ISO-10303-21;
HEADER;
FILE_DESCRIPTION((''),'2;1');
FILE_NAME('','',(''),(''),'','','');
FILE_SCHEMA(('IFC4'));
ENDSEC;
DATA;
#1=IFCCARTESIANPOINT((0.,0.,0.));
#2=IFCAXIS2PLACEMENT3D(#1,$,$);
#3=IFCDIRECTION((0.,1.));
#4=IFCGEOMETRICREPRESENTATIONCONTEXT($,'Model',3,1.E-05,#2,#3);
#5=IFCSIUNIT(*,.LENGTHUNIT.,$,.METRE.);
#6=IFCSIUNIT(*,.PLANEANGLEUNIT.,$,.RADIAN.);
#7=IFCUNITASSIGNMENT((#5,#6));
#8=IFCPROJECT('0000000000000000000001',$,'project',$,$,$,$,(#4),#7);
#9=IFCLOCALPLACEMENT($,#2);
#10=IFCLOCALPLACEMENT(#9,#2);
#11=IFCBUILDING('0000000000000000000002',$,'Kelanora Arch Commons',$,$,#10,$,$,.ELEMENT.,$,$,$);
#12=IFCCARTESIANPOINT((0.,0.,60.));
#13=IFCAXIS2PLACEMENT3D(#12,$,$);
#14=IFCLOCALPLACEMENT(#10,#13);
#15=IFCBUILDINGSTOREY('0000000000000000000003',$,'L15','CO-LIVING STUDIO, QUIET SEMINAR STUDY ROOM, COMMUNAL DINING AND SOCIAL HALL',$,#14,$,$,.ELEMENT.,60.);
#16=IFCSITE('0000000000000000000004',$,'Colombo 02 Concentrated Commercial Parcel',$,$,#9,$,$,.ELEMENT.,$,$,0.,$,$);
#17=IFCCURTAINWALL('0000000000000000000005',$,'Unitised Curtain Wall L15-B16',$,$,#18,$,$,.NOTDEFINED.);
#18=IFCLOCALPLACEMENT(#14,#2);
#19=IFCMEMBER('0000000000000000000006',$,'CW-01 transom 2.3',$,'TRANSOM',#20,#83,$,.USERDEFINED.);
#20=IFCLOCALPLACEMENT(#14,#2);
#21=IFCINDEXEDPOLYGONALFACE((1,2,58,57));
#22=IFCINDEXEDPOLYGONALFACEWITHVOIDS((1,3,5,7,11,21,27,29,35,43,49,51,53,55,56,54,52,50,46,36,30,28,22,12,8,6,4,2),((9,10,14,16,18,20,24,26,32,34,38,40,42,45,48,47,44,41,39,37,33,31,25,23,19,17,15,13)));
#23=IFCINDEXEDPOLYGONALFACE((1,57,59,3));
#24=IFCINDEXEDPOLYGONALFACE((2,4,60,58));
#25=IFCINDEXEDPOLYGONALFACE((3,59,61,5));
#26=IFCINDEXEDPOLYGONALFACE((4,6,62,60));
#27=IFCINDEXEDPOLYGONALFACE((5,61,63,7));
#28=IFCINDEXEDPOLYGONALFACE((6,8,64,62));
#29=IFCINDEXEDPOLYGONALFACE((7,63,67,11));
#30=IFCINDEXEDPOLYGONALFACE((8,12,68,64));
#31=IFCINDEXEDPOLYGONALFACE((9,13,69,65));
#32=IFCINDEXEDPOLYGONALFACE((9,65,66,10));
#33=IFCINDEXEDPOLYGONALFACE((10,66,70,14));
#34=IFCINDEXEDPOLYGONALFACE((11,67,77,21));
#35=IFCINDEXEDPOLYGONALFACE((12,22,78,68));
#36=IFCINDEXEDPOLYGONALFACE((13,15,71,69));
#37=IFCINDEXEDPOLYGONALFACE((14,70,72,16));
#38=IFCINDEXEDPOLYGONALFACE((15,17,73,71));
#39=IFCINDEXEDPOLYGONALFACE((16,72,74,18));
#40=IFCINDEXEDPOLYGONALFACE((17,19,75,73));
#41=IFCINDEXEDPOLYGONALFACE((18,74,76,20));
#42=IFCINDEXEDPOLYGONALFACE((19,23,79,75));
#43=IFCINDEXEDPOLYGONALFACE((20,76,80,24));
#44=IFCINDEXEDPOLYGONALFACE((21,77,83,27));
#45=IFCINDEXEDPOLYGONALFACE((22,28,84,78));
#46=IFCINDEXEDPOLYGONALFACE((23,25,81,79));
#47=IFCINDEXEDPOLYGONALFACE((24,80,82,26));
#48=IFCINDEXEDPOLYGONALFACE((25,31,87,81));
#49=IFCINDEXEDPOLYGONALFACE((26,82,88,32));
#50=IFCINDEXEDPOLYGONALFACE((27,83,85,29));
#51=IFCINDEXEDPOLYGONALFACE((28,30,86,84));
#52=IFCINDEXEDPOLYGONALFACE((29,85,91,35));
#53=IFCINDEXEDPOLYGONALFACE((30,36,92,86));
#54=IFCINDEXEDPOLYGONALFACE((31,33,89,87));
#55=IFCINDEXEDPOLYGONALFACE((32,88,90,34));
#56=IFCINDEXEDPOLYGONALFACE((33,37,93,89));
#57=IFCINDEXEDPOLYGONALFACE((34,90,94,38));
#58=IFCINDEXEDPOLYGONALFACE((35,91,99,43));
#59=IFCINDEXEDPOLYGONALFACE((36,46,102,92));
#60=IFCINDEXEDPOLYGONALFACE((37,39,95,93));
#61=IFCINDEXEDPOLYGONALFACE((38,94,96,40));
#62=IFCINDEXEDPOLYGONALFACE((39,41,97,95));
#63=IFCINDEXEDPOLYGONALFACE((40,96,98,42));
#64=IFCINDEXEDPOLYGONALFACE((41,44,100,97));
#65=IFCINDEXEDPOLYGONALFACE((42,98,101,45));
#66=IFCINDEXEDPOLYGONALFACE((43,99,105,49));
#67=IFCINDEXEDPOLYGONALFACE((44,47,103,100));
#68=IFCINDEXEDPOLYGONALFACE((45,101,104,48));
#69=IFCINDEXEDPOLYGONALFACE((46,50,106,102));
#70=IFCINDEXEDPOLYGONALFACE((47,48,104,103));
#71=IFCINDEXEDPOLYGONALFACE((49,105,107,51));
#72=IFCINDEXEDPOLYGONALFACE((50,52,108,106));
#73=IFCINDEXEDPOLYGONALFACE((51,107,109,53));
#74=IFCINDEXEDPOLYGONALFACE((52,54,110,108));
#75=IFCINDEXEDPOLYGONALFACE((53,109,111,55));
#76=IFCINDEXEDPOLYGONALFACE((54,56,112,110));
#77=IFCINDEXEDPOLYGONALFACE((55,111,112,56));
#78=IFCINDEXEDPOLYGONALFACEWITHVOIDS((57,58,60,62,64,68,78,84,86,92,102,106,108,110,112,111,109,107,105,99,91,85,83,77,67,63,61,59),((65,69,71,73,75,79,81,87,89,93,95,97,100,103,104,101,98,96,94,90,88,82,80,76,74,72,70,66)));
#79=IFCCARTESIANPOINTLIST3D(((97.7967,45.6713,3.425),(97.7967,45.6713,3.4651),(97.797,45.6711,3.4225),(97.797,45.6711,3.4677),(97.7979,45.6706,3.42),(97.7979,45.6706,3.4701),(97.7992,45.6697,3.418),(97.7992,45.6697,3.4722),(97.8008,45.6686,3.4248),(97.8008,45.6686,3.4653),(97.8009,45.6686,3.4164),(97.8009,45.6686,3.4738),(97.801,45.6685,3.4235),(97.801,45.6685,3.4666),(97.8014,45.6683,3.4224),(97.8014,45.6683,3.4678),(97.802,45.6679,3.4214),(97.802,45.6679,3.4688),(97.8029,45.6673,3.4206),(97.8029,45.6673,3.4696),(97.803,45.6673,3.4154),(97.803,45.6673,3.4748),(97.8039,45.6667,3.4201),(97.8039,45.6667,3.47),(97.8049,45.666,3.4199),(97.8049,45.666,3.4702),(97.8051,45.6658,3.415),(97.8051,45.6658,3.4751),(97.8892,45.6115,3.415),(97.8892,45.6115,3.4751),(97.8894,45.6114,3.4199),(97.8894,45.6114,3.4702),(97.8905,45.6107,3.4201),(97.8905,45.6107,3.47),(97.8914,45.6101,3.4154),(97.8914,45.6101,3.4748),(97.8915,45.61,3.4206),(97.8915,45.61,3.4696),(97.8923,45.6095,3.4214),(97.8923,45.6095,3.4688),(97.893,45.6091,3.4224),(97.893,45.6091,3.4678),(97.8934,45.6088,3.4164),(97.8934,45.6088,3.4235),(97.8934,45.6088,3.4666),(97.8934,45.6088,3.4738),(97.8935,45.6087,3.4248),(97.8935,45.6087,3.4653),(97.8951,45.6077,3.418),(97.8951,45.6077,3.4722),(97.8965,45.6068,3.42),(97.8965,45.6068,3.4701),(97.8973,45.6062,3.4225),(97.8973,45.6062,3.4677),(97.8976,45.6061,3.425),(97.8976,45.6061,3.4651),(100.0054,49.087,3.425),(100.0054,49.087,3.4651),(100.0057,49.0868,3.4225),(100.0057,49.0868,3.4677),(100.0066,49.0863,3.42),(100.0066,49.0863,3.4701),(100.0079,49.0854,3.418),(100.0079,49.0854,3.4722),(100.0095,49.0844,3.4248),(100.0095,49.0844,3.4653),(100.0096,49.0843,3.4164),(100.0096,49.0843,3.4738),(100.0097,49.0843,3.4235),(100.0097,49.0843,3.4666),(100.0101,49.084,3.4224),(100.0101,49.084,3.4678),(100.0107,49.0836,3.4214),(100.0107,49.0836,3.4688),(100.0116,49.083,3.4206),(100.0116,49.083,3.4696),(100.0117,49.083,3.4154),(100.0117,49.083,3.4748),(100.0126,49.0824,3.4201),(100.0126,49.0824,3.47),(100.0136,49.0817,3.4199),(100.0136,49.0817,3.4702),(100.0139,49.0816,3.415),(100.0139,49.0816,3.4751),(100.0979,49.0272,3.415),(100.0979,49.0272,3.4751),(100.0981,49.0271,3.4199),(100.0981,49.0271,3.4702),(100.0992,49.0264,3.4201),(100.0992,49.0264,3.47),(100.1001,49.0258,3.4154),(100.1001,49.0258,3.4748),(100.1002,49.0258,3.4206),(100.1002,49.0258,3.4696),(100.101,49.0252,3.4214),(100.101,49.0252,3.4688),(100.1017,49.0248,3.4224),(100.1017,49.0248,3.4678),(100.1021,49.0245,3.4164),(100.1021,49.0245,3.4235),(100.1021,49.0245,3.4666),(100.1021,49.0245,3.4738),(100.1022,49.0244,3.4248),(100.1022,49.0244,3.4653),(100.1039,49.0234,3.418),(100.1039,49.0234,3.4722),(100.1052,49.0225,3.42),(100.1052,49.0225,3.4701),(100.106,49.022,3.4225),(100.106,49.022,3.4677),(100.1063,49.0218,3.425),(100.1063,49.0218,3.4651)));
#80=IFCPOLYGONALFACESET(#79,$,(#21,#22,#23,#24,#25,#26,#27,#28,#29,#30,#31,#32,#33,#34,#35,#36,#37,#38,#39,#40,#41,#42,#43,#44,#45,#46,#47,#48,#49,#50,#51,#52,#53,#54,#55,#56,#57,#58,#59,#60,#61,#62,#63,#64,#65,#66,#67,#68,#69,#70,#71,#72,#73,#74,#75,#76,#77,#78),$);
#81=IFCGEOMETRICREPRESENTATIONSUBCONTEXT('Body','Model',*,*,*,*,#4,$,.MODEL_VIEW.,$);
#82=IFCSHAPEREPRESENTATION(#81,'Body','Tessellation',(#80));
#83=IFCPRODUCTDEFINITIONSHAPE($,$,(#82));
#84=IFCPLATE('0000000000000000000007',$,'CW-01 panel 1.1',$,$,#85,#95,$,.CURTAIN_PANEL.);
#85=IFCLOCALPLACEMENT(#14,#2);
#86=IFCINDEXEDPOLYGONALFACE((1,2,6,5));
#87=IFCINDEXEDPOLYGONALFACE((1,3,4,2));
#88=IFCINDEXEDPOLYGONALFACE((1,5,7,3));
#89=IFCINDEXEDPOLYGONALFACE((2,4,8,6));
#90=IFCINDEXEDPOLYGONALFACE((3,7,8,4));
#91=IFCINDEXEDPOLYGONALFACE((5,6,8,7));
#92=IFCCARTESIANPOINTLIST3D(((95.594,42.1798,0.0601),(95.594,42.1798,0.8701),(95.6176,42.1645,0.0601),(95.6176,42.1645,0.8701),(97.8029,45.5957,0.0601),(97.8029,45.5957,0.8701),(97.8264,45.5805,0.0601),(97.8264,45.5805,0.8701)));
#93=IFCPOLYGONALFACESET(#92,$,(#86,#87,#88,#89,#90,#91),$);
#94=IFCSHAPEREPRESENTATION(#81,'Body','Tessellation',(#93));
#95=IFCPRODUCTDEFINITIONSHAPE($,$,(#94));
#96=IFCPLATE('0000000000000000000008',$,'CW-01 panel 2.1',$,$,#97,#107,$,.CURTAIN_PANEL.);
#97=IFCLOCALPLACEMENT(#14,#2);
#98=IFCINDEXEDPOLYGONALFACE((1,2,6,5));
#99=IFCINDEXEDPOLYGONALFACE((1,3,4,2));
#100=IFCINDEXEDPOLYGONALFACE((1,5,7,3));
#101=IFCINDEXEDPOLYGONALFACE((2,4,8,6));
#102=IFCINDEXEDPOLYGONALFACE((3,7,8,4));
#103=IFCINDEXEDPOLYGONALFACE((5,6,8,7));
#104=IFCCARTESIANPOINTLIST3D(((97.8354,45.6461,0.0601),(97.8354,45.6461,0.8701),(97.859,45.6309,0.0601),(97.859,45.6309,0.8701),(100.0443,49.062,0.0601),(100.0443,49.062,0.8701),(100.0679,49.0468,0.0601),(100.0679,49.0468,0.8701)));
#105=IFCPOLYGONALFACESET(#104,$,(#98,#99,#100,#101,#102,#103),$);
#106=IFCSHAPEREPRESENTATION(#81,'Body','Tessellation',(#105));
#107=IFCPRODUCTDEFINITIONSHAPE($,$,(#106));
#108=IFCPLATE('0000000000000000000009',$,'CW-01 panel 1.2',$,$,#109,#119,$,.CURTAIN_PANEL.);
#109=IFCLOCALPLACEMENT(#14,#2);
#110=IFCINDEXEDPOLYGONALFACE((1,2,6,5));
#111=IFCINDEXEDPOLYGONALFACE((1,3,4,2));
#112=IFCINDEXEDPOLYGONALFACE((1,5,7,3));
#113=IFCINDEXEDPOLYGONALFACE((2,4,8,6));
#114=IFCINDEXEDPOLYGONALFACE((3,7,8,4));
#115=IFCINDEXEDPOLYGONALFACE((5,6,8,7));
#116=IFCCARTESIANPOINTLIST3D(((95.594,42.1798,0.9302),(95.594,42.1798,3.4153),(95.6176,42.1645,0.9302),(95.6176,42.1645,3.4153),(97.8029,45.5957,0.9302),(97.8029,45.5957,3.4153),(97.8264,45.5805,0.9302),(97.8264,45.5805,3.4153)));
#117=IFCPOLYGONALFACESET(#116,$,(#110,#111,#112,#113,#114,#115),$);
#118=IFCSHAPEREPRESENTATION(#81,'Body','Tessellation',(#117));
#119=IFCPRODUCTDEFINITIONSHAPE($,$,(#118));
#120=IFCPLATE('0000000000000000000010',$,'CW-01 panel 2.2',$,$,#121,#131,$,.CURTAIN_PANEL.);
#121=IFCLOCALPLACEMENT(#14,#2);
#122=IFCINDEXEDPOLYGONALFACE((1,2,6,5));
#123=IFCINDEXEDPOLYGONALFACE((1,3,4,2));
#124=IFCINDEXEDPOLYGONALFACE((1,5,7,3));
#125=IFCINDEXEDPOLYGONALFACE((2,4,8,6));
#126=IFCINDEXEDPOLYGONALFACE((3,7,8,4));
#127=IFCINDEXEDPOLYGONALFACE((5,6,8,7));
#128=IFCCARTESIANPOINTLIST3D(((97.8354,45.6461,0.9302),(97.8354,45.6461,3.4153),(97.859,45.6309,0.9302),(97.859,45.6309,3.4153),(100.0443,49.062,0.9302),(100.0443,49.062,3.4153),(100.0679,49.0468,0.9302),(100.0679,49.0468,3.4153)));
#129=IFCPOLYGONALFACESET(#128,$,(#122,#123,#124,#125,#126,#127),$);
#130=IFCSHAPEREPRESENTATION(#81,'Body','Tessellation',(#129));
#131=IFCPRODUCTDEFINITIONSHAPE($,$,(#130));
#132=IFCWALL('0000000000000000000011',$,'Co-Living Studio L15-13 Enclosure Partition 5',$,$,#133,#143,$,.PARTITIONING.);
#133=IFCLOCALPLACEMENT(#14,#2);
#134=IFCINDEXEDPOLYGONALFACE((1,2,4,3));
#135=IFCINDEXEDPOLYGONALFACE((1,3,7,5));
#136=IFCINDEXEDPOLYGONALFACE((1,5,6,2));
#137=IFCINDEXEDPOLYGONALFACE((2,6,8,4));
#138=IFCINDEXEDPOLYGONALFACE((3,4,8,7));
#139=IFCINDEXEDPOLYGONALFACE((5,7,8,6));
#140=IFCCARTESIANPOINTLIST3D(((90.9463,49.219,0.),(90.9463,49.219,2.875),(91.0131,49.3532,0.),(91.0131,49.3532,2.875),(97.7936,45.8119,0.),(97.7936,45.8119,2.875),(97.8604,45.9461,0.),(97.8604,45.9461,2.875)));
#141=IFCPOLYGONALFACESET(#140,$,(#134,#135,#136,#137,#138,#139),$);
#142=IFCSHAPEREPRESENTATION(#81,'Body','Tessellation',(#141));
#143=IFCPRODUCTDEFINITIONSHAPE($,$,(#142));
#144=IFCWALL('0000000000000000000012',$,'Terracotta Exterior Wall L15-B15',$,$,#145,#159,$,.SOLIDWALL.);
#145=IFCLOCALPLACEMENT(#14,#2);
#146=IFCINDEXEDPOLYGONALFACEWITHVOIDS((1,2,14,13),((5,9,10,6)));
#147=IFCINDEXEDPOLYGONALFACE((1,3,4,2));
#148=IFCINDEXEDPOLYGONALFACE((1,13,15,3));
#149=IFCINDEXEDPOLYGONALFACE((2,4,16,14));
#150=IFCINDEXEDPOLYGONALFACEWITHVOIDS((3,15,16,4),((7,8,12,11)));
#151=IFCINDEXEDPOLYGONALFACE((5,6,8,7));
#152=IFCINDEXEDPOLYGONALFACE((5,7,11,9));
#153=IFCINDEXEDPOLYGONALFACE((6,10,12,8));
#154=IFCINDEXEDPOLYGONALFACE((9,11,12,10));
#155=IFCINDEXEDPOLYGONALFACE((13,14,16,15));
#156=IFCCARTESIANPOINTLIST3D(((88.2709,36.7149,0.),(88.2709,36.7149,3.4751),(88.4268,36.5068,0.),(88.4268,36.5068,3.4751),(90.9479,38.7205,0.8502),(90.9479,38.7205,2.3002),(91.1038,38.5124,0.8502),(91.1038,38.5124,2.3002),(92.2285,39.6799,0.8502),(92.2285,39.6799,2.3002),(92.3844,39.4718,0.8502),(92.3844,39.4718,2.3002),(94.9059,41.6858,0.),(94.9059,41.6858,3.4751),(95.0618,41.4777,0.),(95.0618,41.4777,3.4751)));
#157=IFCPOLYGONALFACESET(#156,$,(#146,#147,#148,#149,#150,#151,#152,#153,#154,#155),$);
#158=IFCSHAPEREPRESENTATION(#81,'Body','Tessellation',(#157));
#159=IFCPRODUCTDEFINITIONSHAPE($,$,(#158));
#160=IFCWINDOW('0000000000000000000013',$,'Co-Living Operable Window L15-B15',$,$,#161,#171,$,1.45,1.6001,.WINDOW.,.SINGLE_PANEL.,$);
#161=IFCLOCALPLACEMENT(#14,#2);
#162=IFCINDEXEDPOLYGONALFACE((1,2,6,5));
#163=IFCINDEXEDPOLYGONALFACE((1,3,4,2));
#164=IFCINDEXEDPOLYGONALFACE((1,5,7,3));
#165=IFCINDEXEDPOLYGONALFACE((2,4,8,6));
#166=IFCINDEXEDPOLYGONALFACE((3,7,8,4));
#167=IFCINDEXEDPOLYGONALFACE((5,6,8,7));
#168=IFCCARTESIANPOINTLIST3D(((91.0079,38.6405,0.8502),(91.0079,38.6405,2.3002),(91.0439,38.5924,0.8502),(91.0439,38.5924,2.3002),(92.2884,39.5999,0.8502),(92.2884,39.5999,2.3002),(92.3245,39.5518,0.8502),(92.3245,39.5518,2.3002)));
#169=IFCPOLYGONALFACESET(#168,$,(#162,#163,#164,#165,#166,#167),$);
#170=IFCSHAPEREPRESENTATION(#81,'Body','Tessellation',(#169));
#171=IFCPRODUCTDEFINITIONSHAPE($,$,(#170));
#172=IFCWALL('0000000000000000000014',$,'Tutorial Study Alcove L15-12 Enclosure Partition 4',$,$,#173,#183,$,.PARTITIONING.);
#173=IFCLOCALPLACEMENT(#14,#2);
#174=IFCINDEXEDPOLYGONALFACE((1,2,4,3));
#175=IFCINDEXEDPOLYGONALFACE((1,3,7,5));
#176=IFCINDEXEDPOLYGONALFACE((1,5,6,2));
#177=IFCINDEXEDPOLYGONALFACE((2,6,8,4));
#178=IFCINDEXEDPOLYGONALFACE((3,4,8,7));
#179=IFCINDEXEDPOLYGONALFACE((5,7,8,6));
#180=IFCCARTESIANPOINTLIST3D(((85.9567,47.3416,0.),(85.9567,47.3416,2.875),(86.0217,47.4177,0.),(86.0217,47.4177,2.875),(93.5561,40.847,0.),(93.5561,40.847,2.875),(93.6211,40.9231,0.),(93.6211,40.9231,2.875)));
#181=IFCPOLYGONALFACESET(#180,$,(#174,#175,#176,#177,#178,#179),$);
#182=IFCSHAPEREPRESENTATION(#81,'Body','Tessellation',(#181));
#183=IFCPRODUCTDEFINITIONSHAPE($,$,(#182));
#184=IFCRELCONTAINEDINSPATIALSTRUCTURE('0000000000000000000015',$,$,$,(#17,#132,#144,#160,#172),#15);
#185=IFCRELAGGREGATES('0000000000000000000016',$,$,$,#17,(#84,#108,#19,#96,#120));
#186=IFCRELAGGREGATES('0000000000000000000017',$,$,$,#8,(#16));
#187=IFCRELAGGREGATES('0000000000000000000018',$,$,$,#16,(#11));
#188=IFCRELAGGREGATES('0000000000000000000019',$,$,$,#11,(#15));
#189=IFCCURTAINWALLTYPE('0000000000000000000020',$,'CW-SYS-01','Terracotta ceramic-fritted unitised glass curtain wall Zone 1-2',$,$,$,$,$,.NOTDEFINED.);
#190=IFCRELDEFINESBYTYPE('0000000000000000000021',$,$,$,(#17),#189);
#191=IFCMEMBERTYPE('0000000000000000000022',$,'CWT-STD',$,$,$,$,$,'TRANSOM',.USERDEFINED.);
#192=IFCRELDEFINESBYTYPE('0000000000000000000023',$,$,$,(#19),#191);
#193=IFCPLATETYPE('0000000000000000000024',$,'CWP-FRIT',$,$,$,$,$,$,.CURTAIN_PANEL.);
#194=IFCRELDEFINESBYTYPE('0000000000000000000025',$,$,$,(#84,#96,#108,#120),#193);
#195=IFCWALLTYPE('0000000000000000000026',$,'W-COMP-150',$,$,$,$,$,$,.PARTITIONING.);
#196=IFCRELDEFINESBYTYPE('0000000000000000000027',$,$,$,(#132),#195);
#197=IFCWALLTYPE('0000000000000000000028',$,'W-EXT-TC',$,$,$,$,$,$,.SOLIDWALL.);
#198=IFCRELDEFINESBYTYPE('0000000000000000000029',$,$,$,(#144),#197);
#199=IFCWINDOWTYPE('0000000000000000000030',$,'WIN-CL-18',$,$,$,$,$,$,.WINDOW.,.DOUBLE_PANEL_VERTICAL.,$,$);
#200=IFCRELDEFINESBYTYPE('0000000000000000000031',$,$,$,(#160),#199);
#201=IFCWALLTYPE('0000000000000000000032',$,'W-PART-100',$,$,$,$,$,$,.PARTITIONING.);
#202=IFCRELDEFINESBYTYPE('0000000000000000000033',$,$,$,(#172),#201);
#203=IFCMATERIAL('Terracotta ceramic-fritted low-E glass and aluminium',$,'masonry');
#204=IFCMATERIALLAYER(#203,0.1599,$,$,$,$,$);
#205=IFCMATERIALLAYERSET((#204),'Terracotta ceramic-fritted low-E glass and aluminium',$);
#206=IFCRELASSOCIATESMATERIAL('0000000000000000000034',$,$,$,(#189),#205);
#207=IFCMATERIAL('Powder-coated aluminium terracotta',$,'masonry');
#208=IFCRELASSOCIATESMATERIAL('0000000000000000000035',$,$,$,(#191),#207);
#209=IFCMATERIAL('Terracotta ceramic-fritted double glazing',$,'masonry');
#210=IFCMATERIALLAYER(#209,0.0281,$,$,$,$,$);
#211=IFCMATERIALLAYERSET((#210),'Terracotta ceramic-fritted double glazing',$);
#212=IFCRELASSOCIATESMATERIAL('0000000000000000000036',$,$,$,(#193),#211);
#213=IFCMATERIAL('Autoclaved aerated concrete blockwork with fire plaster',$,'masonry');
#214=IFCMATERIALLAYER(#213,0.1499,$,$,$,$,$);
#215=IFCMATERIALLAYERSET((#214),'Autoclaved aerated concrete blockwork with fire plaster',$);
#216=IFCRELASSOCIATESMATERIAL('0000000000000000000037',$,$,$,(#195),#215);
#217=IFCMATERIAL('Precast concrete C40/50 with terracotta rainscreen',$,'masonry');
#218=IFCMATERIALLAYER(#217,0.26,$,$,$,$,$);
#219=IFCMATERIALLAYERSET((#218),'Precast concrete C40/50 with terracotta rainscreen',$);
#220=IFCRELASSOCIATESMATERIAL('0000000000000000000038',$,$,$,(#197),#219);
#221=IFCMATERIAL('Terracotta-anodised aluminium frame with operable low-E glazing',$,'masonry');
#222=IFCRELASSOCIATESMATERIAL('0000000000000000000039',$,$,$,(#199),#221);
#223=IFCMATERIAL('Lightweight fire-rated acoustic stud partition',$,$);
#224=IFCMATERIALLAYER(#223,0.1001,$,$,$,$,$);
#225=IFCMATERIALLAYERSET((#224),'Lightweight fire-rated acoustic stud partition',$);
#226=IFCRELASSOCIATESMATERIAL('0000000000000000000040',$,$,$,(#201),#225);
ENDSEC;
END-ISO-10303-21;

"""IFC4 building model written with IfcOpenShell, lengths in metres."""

from ifc_helpers import new_model, si_unit, direction, frame, frame_2d, origin, origin_2d, place, context, subcontext, project, spatial, rectangle, hollow_rectangle, extrude, source, transform, mapped, material, layer, layer_set, material_profile, profile_set, type_object, element, fill, aggregate, save


model = new_model("IFC4")

# Units and contexts
model_context = context("Model", 3, precision=1e-05, world=origin(), true_north=direction((0.0, 1.0)))
body_context = subcontext(model_context, "Body", "Model", "MODEL_VIEW")
ifc_project = project(units=[si_unit("LENGTHUNIT", "METRE"), si_unit("PLANEANGLEUNIT", "RADIAN")], contexts=[model_context])

# Site, building, storey
site_placement = place(None, origin())
site = spatial("IfcSite", under=ifc_project, at=site_placement, Name="Colombo 02 Concentrated Commercial Parcel", CompositionType="ELEMENT", RefElevation=0.0)
building_placement = place(site_placement, origin())
building = spatial("IfcBuilding", under=site, at=building_placement, Name="Kelanora Arch Commons", CompositionType="ELEMENT")
storey_placement = place(building_placement, frame((0.0, 0.0, 60.0)))
storey = spatial("IfcBuildingStorey", under=building, at=storey_placement, Name="L15", Description="CO-LIVING STUDIO, QUIET SEMINAR STUDY ROOM, COMMUNAL DINING AND SOCIAL HALL", CompositionType="ELEMENT", Elevation=60.0)

# Shared definitions
ifc_material_1 = material(Name="Terracotta ceramic-fritted low-E glass and aluminium", Category="masonry")
ifc_layer_1 = layer(ifc_material_1, 0.1599)
ifc_layer_set_1 = layer_set([ifc_layer_1], Name="Terracotta ceramic-fritted low-E glass and aluminium")
curtain_wall_type = type_object("IfcCurtainWallType", Name="CW-SYS-01", Description="Terracotta ceramic-fritted unitised glass curtain wall Zone 1-2", PredefinedType="NOTDEFINED", material=ifc_layer_set_1)
ifc_material_2 = material(Name="Powder-coated aluminium terracotta", Category="masonry")

# Curtain wall, member, plates
curtain_wall_1_placement = place(storey_placement, origin())
curtain_wall_1 = element("IfcCurtainWall", 1, at=curtain_wall_1_placement, inside=storey, type_object=curtain_wall_type, Name="Unitised Curtain Wall L15-B16", PredefinedType="NOTDEFINED")
ifc_material_profile_1 = material_profile(ifc_material_2, hollow_rectangle(XDim=0.1201, YDim=0.0601, WallThickness=0.0049, InnerFilletRadius=0.0049, OuterFilletRadius=0.01, at=origin_2d()), Name="CWT120x60")
ifc_profile_set_1 = profile_set([ifc_material_profile_1], Name="Powder-coated aluminium terracotta")
member_type_1 = type_object("IfcMemberType", Name="CWT-STD", ElementType="TRANSOM", PredefinedType="USERDEFINED", material=ifc_profile_set_1)
member_1_placement = place(storey_placement, frame((97.8472, 45.6387, 3.4451), z_axis=(0.542997, 0.839734, 0.0), x_axis=(-0.839734, 0.542997, 0.0)))
member_1 = element("IfcMember", 2, at=member_1_placement, type_object=member_type_1, Name="CW-01 transom 2.3", ObjectType="TRANSOM", PredefinedType="USERDEFINED", context=body_context, shape_type="SweptSolid", body=[
    extrude(hollow_rectangle(XDim=0.1201, YDim=0.0601, WallThickness=0.0049, InnerFilletRadius=0.0049, OuterFilletRadius=0.01, at=origin_2d()), origin(), (0.0, 0.0, 1.0), 4.0676),
])
ifc_material_3 = material(Name="Terracotta ceramic-fritted double glazing", Category="masonry")
ifc_layer_2 = layer(ifc_material_3, 0.0281)
ifc_layer_set_2 = layer_set([ifc_layer_2], Name="Terracotta ceramic-fritted double glazing")
plate_type = type_object("IfcPlateType", Name="CWP-FRIT", PredefinedType="CURTAIN_PANEL", material=ifc_layer_set_2)
shared_shape_1 = source(origin(), body_context, "Body", "SweptSolid", [
    extrude(rectangle(XDim=4.0679, YDim=0.0281, at=origin_2d()), origin(), (0.0, 0.0, 1.0), 0.8101),
])
plate_1_placement = place(storey_placement, frame((96.7102, 43.8801, 0.0601), z_axis=(0.0, 0.0, 1.0), x_axis=(0.543004, 0.83973, 0.0)))
plate_1 = element("IfcPlate", 3, at=plate_1_placement, type_object=plate_type, Name="CW-01 panel 1.1", PredefinedType="CURTAIN_PANEL", context=body_context, shape_type="MappedRepresentation", body=[
    mapped(shared_shape_1, transform((0.0, 0.0, 0.0), scale=1.0)),
])
plate_2_placement = place(storey_placement, frame((98.9517, 47.3464, 0.0601), z_axis=(0.0, 0.0, 1.0), x_axis=(0.543004, 0.83973, 0.0)))
plate_2 = element("IfcPlate", 4, at=plate_2_placement, type_object=plate_type, Name="CW-01 panel 2.1", PredefinedType="CURTAIN_PANEL", context=body_context, shape_type="MappedRepresentation", body=[
    mapped(shared_shape_1, transform((0.0, 0.0, 0.0), scale=1.0)),
])
shared_shape_2 = source(origin(), body_context, "Body", "SweptSolid", [
    extrude(rectangle(XDim=4.0679, YDim=0.0281, at=origin_2d()), origin(), (0.0, 0.0, 1.0), 2.4851),
])
plate_3_placement = place(storey_placement, frame((96.7102, 43.8801, 0.9302), z_axis=(0.0, 0.0, 1.0), x_axis=(0.543004, 0.83973, 0.0)))
plate_3 = element("IfcPlate", 5, at=plate_3_placement, type_object=plate_type, Name="CW-01 panel 1.2", PredefinedType="CURTAIN_PANEL", context=body_context, shape_type="MappedRepresentation", body=[
    mapped(shared_shape_2, transform((0.0, 0.0, 0.0), scale=1.0)),
])
plate_4_placement = place(storey_placement, frame((98.9517, 47.3464, 0.9302), z_axis=(0.0, 0.0, 1.0), x_axis=(0.543004, 0.83973, 0.0)))
plate_4 = element("IfcPlate", 6, at=plate_4_placement, type_object=plate_type, Name="CW-01 panel 2.2", PredefinedType="CURTAIN_PANEL", context=body_context, shape_type="MappedRepresentation", body=[
    mapped(shared_shape_2, transform((0.0, 0.0, 0.0), scale=1.0)),
])
aggregate(curtain_wall_1, [plate_1, plate_3, member_1, plate_2, plate_4])

# Wall
ifc_material_4 = material(Name="Autoclaved aerated concrete blockwork with fire plaster", Category="masonry")
ifc_layer_3 = layer(ifc_material_4, 0.1499)
ifc_layer_set_3 = layer_set([ifc_layer_3], Name="Autoclaved aerated concrete blockwork with fire plaster")
wall_type_1 = type_object("IfcWallType", Name="W-COMP-150", PredefinedType="PARTITIONING", material=ifc_layer_set_3)
wall_1_placement = place(storey_placement, frame((97.8271, 45.8789, 0.0), z_axis=(0.0, 0.0, 1.0), x_axis=(-0.895287, 0.445489, 0.0)))
element("IfcWall", 7, at=wall_1_placement, inside=storey, type_object=wall_type_1, Name="Co-Living Studio L15-13 Enclosure Partition 5", PredefinedType="PARTITIONING", context=body_context, shape_type="SweptSolid", body=[
    extrude(rectangle(XDim=7.6482, YDim=0.1499, at=frame_2d((3.8242, 0.0))), origin(), (0.0, 0.0, 1.0), 2.875),
])

# Wall, opening, window
ifc_material_5 = material(Name="Precast concrete C40/50 with terracotta rainscreen", Category="masonry")
ifc_layer_4 = layer(ifc_material_5, 0.26)
ifc_layer_set_4 = layer_set([ifc_layer_4], Name="Precast concrete C40/50 with terracotta rainscreen")
wall_type_2 = type_object("IfcWallType", Name="W-EXT-TC", PredefinedType="SOLIDWALL", material=ifc_layer_set_4)
wall_2_placement = place(storey_placement, frame((88.3489, 36.6108, 0.0), z_axis=(0.0, 0.0, 1.0), x_axis=(0.800307, 0.59959, 0.0)))
wall_2 = element("IfcWall", 8, at=wall_2_placement, inside=storey, type_object=wall_type_2, Name="Terracotta Exterior Wall L15-B15", PredefinedType="SOLIDWALL", context=body_context, shape_type="SweptSolid", body=[
    extrude(rectangle(XDim=8.2905, YDim=0.26, at=frame_2d((4.1453, 0.0))), origin(), (0.0, 0.0, 1.0), 3.4751),
])
opening_placement = place(wall_2_placement, frame((3.345, 0.0, 0.8501)))
opening = element("IfcOpeningElement", 9, at=opening_placement, cuts=wall_2, PredefinedType="OPENING", context=body_context, shape_type="SweptSolid", body=[
    extrude(rectangle(XDim=1.6001, YDim=1.45, at=frame_2d((0.8, 0.7251))), frame((0.0, 0.1401, 0.0), z_axis=(0.0, -1.0, 0.0), x_axis=(1.0, 0.0, 0.0)), (0.0, 0.0, 1.0), 0.28),
])
ifc_material_6 = material(Name="Terracotta-anodised aluminium frame with operable low-E glazing", Category="masonry")
window_type = type_object("IfcWindowType", Name="WIN-CL-18", PartitioningType="DOUBLE_PANEL_VERTICAL", PredefinedType="WINDOW", material=ifc_material_6)
window_placement = place(opening_placement, origin())
window = element("IfcWindow", 10, at=window_placement, inside=storey, type_object=window_type, Name="Co-Living Operable Window L15-B15", OverallHeight=1.45, OverallWidth=1.6001, PartitioningType="SINGLE_PANEL", PredefinedType="WINDOW", context=body_context, shape_type="SweptSolid", body=[
    extrude(rectangle(XDim=1.6001, YDim=1.45, at=frame_2d((0.8, 0.7251))), frame((0.0, 0.03, 0.0), z_axis=(0.0, -1.0, 0.0), x_axis=(1.0, 0.0, 0.0)), (0.0, 0.0, 1.0), 0.0601),
])
fill(opening, window)

# Wall
ifc_material_7 = material(Name="Lightweight fire-rated acoustic stud partition")
ifc_layer_5 = layer(ifc_material_7, 0.1001)
ifc_layer_set_5 = layer_set([ifc_layer_5], Name="Lightweight fire-rated acoustic stud partition")
wall_type_3 = type_object("IfcWallType", Name="W-PART-100", PredefinedType="PARTITIONING", material=ifc_layer_set_5)
wall_3_placement = place(storey_placement, frame((93.5886, 40.885, 0.0), z_axis=(0.0, 0.0, 1.0), x_axis=(-0.760201, 0.649689, 0.0)))
element("IfcWall", 11, at=wall_3_placement, inside=storey, type_object=wall_type_3, Name="Tutorial Study Alcove L15-12 Enclosure Partition 4", PredefinedType="PARTITIONING", context=body_context, shape_type="SweptSolid", body=[
    extrude(rectangle(XDim=9.9966, YDim=0.1001, at=frame_2d((4.9983, 0.0))), origin(), (0.0, 0.0, 1.0), 2.875),
])

save(model, "model.ifc")
